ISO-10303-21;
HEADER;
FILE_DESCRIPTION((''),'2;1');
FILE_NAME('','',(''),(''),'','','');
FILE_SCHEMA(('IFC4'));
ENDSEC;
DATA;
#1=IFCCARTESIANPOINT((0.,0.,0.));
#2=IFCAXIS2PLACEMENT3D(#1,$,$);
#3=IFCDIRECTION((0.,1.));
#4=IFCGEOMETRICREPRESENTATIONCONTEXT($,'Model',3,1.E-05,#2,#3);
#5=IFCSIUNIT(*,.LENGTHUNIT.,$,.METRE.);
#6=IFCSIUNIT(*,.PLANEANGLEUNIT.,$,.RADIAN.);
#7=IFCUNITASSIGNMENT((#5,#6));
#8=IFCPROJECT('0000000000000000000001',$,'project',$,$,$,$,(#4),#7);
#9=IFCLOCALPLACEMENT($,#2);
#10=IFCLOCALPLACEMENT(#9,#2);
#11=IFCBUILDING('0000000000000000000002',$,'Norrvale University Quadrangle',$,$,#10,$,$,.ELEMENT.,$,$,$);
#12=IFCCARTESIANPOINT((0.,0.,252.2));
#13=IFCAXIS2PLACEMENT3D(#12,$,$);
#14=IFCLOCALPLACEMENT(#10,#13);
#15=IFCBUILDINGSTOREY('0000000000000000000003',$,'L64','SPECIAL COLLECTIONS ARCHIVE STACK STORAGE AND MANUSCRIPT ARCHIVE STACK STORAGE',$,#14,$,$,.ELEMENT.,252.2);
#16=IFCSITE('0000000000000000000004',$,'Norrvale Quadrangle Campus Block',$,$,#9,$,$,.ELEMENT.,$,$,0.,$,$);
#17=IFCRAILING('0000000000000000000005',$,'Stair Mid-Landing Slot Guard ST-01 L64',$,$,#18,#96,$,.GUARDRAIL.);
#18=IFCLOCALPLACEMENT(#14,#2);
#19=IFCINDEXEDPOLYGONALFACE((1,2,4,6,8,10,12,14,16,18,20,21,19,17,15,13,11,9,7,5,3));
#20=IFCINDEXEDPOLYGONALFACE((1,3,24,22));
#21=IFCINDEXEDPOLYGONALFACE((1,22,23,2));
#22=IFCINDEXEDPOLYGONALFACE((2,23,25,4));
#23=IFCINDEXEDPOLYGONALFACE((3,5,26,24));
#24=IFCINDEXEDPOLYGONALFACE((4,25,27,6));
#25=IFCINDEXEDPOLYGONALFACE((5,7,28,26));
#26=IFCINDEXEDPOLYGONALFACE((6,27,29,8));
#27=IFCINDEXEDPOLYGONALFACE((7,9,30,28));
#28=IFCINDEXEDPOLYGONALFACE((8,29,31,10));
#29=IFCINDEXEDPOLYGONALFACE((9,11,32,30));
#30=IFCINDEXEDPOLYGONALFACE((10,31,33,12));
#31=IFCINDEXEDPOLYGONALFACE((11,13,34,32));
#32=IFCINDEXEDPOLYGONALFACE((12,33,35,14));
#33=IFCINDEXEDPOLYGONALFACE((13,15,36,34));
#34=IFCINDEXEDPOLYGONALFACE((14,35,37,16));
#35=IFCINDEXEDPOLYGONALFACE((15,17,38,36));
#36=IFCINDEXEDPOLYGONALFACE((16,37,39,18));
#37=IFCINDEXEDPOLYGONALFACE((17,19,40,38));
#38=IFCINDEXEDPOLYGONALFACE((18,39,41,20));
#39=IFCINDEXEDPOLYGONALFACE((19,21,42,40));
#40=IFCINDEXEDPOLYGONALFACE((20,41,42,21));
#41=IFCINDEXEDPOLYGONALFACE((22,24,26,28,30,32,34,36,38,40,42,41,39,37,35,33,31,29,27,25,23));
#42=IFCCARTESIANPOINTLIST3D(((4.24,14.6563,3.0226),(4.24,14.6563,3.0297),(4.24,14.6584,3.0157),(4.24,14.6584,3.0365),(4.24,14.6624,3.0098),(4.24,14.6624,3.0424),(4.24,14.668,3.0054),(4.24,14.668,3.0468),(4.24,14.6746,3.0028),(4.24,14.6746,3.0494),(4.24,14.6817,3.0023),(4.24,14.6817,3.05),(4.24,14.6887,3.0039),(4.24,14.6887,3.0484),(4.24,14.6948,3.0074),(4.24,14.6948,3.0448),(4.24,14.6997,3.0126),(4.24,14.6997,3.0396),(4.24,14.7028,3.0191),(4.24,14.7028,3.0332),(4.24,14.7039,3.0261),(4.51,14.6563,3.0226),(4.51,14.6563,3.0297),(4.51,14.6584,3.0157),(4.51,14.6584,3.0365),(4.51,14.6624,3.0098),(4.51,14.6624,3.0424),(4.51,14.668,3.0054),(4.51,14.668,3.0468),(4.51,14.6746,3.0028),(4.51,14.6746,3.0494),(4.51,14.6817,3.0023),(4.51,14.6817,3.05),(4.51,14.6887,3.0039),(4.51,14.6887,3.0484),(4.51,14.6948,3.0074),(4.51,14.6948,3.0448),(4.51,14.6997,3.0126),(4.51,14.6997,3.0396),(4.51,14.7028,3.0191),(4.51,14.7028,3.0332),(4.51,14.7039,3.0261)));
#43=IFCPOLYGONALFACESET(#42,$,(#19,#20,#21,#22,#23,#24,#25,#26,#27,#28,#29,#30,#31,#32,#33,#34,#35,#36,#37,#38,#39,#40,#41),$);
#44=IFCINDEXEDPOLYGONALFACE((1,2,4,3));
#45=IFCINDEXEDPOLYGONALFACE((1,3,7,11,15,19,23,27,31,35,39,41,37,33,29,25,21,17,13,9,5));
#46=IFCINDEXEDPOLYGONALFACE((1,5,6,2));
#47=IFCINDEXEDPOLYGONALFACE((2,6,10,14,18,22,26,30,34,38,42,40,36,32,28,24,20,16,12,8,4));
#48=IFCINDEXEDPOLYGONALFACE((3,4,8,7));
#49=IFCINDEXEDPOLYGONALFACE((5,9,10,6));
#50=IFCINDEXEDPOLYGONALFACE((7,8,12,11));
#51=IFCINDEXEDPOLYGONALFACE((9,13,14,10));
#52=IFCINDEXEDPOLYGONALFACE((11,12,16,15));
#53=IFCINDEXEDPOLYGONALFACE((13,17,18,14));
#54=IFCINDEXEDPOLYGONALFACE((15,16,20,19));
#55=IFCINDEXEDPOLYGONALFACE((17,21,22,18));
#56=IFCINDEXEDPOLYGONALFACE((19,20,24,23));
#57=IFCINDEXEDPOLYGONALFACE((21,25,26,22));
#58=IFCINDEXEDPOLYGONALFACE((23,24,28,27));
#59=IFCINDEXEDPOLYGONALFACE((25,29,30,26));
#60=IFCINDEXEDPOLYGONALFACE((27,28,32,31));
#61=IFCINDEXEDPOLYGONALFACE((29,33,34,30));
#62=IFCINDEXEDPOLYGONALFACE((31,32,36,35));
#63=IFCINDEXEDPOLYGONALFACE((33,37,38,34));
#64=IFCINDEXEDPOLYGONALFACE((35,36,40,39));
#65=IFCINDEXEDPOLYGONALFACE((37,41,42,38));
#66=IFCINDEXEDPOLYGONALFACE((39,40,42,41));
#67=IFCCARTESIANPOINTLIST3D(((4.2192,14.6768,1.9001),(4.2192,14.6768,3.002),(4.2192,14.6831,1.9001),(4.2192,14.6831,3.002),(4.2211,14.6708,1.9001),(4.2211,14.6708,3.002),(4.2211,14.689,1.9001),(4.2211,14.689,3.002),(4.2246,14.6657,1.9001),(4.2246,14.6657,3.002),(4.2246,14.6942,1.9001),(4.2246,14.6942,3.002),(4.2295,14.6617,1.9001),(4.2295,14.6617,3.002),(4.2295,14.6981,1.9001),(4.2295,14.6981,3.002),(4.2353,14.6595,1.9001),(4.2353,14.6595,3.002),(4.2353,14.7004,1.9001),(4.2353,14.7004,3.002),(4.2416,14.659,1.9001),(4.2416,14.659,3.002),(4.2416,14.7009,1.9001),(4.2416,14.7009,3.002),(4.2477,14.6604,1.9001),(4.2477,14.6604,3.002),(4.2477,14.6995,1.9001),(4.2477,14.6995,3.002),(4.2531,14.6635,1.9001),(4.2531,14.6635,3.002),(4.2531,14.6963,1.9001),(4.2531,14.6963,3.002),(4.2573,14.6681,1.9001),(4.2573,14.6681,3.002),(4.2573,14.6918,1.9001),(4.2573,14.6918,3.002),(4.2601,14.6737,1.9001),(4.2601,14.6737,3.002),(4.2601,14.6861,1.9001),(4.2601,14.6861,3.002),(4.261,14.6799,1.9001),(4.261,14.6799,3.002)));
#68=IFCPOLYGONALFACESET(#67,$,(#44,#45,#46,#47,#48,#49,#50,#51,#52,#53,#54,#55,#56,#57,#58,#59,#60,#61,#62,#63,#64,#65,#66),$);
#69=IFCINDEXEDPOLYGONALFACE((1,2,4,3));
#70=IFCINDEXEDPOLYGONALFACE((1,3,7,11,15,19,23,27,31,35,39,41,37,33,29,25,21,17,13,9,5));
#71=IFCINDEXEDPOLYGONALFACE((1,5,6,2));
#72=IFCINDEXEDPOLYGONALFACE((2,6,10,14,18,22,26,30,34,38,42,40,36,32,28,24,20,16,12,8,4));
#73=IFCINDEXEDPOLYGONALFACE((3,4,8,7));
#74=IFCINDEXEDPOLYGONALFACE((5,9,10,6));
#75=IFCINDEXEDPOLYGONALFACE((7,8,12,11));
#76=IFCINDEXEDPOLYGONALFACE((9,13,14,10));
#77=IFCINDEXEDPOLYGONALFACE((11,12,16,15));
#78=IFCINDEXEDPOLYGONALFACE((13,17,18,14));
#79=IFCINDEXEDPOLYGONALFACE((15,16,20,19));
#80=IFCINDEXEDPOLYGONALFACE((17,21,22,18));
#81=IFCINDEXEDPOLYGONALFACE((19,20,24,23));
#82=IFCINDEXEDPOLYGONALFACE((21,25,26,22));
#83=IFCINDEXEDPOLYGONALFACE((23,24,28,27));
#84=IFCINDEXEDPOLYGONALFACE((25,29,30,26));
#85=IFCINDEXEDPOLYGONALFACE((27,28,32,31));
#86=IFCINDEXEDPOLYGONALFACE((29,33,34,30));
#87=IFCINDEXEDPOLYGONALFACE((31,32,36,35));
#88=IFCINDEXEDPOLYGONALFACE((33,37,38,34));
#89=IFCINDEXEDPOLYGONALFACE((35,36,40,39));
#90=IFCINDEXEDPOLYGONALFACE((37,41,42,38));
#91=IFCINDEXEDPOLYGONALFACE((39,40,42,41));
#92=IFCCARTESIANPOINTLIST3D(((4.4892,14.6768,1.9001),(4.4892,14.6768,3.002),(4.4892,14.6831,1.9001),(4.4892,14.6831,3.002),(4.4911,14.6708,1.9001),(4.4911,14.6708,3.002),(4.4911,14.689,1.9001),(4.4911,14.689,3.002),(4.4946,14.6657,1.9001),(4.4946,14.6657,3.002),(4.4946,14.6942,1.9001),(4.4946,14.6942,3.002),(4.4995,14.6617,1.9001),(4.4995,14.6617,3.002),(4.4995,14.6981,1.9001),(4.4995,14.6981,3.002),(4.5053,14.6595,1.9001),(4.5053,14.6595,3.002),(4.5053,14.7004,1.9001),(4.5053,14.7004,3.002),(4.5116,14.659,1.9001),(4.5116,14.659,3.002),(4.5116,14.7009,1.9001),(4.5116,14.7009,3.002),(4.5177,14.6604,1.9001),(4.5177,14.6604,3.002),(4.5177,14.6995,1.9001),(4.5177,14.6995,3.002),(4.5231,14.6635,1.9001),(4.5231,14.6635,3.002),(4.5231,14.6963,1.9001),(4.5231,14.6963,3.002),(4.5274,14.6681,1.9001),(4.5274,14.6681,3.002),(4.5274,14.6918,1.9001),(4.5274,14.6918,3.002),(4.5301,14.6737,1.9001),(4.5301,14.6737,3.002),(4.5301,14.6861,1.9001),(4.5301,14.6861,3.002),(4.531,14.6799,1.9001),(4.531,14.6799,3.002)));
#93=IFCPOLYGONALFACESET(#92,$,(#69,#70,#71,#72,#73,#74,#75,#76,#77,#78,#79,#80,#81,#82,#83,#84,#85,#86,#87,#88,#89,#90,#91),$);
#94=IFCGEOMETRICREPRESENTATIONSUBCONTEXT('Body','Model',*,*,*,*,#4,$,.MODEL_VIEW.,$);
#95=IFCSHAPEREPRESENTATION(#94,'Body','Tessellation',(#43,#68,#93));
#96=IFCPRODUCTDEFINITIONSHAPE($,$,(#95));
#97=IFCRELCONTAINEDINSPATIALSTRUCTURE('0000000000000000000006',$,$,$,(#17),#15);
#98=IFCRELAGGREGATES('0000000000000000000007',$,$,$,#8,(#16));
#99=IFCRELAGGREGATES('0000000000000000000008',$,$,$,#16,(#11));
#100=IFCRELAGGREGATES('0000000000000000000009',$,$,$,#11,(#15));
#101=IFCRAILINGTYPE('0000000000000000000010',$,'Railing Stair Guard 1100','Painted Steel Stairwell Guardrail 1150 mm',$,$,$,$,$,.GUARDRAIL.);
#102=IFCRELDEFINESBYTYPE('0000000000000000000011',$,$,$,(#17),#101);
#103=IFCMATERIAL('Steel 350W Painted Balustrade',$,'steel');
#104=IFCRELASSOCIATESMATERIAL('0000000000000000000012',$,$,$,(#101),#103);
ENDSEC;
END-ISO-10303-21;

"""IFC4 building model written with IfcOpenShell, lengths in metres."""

from ifc_helpers import new_model, si_unit, direction, frame, origin, origin_2d, place, context, subcontext, project, spatial, circle, extrude, material, type_object, element, save


model = new_model("IFC4")

# Units and contexts
model_context = context("Model", 3, precision=1e-05, world=origin(), true_north=direction((0.0, 1.0)))
body_context = subcontext(model_context, "Body", "Model", "MODEL_VIEW")
ifc_project = project(units=[si_unit("LENGTHUNIT", "METRE"), si_unit("PLANEANGLEUNIT", "RADIAN")], contexts=[model_context])

# Site, building, storey
site_placement = place(None, origin())
site = spatial("IfcSite", under=ifc_project, at=site_placement, Name="Norrvale Quadrangle Campus Block", CompositionType="ELEMENT", RefElevation=0.0)
building_placement = place(site_placement, origin())
building = spatial("IfcBuilding", under=site, at=building_placement, Name="Norrvale University Quadrangle", CompositionType="ELEMENT")
storey_placement = place(building_placement, frame((0.0, 0.0, 252.2)))
storey = spatial("IfcBuildingStorey", under=building, at=storey_placement, Name="L64", Description="SPECIAL COLLECTIONS ARCHIVE STACK STORAGE AND MANUSCRIPT ARCHIVE STACK STORAGE", CompositionType="ELEMENT", Elevation=252.2)

# Railing
ifc_material_1 = material(Name="Steel 350W Painted Balustrade", Category="steel")
railing_type_1 = type_object("IfcRailingType", Name="Railing Stair Guard 1100", Description="Painted Steel Stairwell Guardrail 1150 mm", PredefinedType="GUARDRAIL", material=ifc_material_1)
for number, where, name in (
    (1, (4.24, 14.6799, 1.9001), "Stair Mid-Landing Slot Guard ST-01 L64"),
):
    element("IfcRailing", number, at=place(storey_placement, frame(where)), inside=storey, type_object=railing_type_1, Name=name, PredefinedType="GUARDRAIL", context=body_context, shape_type="SweptSolid", body=[
        extrude(circle(Radius=0.0239, at=origin_2d()), frame((0.0, 0.0, 1.126), z_axis=(1.0, 0.0, 0.0), x_axis=(0.0, 1.0, 0.0)), (0.0, 0.0, 1.0), 0.27),
        extrude(circle(Radius=0.021, at=origin_2d()), origin(), (0.0, 0.0, 1.0), 1.1018),
        extrude(circle(Radius=0.021, at=origin_2d()), frame((0.27, 0.0, 0.0)), (0.0, 0.0, 1.0), 1.1018),
    ])

save(model, "model.ifc")
